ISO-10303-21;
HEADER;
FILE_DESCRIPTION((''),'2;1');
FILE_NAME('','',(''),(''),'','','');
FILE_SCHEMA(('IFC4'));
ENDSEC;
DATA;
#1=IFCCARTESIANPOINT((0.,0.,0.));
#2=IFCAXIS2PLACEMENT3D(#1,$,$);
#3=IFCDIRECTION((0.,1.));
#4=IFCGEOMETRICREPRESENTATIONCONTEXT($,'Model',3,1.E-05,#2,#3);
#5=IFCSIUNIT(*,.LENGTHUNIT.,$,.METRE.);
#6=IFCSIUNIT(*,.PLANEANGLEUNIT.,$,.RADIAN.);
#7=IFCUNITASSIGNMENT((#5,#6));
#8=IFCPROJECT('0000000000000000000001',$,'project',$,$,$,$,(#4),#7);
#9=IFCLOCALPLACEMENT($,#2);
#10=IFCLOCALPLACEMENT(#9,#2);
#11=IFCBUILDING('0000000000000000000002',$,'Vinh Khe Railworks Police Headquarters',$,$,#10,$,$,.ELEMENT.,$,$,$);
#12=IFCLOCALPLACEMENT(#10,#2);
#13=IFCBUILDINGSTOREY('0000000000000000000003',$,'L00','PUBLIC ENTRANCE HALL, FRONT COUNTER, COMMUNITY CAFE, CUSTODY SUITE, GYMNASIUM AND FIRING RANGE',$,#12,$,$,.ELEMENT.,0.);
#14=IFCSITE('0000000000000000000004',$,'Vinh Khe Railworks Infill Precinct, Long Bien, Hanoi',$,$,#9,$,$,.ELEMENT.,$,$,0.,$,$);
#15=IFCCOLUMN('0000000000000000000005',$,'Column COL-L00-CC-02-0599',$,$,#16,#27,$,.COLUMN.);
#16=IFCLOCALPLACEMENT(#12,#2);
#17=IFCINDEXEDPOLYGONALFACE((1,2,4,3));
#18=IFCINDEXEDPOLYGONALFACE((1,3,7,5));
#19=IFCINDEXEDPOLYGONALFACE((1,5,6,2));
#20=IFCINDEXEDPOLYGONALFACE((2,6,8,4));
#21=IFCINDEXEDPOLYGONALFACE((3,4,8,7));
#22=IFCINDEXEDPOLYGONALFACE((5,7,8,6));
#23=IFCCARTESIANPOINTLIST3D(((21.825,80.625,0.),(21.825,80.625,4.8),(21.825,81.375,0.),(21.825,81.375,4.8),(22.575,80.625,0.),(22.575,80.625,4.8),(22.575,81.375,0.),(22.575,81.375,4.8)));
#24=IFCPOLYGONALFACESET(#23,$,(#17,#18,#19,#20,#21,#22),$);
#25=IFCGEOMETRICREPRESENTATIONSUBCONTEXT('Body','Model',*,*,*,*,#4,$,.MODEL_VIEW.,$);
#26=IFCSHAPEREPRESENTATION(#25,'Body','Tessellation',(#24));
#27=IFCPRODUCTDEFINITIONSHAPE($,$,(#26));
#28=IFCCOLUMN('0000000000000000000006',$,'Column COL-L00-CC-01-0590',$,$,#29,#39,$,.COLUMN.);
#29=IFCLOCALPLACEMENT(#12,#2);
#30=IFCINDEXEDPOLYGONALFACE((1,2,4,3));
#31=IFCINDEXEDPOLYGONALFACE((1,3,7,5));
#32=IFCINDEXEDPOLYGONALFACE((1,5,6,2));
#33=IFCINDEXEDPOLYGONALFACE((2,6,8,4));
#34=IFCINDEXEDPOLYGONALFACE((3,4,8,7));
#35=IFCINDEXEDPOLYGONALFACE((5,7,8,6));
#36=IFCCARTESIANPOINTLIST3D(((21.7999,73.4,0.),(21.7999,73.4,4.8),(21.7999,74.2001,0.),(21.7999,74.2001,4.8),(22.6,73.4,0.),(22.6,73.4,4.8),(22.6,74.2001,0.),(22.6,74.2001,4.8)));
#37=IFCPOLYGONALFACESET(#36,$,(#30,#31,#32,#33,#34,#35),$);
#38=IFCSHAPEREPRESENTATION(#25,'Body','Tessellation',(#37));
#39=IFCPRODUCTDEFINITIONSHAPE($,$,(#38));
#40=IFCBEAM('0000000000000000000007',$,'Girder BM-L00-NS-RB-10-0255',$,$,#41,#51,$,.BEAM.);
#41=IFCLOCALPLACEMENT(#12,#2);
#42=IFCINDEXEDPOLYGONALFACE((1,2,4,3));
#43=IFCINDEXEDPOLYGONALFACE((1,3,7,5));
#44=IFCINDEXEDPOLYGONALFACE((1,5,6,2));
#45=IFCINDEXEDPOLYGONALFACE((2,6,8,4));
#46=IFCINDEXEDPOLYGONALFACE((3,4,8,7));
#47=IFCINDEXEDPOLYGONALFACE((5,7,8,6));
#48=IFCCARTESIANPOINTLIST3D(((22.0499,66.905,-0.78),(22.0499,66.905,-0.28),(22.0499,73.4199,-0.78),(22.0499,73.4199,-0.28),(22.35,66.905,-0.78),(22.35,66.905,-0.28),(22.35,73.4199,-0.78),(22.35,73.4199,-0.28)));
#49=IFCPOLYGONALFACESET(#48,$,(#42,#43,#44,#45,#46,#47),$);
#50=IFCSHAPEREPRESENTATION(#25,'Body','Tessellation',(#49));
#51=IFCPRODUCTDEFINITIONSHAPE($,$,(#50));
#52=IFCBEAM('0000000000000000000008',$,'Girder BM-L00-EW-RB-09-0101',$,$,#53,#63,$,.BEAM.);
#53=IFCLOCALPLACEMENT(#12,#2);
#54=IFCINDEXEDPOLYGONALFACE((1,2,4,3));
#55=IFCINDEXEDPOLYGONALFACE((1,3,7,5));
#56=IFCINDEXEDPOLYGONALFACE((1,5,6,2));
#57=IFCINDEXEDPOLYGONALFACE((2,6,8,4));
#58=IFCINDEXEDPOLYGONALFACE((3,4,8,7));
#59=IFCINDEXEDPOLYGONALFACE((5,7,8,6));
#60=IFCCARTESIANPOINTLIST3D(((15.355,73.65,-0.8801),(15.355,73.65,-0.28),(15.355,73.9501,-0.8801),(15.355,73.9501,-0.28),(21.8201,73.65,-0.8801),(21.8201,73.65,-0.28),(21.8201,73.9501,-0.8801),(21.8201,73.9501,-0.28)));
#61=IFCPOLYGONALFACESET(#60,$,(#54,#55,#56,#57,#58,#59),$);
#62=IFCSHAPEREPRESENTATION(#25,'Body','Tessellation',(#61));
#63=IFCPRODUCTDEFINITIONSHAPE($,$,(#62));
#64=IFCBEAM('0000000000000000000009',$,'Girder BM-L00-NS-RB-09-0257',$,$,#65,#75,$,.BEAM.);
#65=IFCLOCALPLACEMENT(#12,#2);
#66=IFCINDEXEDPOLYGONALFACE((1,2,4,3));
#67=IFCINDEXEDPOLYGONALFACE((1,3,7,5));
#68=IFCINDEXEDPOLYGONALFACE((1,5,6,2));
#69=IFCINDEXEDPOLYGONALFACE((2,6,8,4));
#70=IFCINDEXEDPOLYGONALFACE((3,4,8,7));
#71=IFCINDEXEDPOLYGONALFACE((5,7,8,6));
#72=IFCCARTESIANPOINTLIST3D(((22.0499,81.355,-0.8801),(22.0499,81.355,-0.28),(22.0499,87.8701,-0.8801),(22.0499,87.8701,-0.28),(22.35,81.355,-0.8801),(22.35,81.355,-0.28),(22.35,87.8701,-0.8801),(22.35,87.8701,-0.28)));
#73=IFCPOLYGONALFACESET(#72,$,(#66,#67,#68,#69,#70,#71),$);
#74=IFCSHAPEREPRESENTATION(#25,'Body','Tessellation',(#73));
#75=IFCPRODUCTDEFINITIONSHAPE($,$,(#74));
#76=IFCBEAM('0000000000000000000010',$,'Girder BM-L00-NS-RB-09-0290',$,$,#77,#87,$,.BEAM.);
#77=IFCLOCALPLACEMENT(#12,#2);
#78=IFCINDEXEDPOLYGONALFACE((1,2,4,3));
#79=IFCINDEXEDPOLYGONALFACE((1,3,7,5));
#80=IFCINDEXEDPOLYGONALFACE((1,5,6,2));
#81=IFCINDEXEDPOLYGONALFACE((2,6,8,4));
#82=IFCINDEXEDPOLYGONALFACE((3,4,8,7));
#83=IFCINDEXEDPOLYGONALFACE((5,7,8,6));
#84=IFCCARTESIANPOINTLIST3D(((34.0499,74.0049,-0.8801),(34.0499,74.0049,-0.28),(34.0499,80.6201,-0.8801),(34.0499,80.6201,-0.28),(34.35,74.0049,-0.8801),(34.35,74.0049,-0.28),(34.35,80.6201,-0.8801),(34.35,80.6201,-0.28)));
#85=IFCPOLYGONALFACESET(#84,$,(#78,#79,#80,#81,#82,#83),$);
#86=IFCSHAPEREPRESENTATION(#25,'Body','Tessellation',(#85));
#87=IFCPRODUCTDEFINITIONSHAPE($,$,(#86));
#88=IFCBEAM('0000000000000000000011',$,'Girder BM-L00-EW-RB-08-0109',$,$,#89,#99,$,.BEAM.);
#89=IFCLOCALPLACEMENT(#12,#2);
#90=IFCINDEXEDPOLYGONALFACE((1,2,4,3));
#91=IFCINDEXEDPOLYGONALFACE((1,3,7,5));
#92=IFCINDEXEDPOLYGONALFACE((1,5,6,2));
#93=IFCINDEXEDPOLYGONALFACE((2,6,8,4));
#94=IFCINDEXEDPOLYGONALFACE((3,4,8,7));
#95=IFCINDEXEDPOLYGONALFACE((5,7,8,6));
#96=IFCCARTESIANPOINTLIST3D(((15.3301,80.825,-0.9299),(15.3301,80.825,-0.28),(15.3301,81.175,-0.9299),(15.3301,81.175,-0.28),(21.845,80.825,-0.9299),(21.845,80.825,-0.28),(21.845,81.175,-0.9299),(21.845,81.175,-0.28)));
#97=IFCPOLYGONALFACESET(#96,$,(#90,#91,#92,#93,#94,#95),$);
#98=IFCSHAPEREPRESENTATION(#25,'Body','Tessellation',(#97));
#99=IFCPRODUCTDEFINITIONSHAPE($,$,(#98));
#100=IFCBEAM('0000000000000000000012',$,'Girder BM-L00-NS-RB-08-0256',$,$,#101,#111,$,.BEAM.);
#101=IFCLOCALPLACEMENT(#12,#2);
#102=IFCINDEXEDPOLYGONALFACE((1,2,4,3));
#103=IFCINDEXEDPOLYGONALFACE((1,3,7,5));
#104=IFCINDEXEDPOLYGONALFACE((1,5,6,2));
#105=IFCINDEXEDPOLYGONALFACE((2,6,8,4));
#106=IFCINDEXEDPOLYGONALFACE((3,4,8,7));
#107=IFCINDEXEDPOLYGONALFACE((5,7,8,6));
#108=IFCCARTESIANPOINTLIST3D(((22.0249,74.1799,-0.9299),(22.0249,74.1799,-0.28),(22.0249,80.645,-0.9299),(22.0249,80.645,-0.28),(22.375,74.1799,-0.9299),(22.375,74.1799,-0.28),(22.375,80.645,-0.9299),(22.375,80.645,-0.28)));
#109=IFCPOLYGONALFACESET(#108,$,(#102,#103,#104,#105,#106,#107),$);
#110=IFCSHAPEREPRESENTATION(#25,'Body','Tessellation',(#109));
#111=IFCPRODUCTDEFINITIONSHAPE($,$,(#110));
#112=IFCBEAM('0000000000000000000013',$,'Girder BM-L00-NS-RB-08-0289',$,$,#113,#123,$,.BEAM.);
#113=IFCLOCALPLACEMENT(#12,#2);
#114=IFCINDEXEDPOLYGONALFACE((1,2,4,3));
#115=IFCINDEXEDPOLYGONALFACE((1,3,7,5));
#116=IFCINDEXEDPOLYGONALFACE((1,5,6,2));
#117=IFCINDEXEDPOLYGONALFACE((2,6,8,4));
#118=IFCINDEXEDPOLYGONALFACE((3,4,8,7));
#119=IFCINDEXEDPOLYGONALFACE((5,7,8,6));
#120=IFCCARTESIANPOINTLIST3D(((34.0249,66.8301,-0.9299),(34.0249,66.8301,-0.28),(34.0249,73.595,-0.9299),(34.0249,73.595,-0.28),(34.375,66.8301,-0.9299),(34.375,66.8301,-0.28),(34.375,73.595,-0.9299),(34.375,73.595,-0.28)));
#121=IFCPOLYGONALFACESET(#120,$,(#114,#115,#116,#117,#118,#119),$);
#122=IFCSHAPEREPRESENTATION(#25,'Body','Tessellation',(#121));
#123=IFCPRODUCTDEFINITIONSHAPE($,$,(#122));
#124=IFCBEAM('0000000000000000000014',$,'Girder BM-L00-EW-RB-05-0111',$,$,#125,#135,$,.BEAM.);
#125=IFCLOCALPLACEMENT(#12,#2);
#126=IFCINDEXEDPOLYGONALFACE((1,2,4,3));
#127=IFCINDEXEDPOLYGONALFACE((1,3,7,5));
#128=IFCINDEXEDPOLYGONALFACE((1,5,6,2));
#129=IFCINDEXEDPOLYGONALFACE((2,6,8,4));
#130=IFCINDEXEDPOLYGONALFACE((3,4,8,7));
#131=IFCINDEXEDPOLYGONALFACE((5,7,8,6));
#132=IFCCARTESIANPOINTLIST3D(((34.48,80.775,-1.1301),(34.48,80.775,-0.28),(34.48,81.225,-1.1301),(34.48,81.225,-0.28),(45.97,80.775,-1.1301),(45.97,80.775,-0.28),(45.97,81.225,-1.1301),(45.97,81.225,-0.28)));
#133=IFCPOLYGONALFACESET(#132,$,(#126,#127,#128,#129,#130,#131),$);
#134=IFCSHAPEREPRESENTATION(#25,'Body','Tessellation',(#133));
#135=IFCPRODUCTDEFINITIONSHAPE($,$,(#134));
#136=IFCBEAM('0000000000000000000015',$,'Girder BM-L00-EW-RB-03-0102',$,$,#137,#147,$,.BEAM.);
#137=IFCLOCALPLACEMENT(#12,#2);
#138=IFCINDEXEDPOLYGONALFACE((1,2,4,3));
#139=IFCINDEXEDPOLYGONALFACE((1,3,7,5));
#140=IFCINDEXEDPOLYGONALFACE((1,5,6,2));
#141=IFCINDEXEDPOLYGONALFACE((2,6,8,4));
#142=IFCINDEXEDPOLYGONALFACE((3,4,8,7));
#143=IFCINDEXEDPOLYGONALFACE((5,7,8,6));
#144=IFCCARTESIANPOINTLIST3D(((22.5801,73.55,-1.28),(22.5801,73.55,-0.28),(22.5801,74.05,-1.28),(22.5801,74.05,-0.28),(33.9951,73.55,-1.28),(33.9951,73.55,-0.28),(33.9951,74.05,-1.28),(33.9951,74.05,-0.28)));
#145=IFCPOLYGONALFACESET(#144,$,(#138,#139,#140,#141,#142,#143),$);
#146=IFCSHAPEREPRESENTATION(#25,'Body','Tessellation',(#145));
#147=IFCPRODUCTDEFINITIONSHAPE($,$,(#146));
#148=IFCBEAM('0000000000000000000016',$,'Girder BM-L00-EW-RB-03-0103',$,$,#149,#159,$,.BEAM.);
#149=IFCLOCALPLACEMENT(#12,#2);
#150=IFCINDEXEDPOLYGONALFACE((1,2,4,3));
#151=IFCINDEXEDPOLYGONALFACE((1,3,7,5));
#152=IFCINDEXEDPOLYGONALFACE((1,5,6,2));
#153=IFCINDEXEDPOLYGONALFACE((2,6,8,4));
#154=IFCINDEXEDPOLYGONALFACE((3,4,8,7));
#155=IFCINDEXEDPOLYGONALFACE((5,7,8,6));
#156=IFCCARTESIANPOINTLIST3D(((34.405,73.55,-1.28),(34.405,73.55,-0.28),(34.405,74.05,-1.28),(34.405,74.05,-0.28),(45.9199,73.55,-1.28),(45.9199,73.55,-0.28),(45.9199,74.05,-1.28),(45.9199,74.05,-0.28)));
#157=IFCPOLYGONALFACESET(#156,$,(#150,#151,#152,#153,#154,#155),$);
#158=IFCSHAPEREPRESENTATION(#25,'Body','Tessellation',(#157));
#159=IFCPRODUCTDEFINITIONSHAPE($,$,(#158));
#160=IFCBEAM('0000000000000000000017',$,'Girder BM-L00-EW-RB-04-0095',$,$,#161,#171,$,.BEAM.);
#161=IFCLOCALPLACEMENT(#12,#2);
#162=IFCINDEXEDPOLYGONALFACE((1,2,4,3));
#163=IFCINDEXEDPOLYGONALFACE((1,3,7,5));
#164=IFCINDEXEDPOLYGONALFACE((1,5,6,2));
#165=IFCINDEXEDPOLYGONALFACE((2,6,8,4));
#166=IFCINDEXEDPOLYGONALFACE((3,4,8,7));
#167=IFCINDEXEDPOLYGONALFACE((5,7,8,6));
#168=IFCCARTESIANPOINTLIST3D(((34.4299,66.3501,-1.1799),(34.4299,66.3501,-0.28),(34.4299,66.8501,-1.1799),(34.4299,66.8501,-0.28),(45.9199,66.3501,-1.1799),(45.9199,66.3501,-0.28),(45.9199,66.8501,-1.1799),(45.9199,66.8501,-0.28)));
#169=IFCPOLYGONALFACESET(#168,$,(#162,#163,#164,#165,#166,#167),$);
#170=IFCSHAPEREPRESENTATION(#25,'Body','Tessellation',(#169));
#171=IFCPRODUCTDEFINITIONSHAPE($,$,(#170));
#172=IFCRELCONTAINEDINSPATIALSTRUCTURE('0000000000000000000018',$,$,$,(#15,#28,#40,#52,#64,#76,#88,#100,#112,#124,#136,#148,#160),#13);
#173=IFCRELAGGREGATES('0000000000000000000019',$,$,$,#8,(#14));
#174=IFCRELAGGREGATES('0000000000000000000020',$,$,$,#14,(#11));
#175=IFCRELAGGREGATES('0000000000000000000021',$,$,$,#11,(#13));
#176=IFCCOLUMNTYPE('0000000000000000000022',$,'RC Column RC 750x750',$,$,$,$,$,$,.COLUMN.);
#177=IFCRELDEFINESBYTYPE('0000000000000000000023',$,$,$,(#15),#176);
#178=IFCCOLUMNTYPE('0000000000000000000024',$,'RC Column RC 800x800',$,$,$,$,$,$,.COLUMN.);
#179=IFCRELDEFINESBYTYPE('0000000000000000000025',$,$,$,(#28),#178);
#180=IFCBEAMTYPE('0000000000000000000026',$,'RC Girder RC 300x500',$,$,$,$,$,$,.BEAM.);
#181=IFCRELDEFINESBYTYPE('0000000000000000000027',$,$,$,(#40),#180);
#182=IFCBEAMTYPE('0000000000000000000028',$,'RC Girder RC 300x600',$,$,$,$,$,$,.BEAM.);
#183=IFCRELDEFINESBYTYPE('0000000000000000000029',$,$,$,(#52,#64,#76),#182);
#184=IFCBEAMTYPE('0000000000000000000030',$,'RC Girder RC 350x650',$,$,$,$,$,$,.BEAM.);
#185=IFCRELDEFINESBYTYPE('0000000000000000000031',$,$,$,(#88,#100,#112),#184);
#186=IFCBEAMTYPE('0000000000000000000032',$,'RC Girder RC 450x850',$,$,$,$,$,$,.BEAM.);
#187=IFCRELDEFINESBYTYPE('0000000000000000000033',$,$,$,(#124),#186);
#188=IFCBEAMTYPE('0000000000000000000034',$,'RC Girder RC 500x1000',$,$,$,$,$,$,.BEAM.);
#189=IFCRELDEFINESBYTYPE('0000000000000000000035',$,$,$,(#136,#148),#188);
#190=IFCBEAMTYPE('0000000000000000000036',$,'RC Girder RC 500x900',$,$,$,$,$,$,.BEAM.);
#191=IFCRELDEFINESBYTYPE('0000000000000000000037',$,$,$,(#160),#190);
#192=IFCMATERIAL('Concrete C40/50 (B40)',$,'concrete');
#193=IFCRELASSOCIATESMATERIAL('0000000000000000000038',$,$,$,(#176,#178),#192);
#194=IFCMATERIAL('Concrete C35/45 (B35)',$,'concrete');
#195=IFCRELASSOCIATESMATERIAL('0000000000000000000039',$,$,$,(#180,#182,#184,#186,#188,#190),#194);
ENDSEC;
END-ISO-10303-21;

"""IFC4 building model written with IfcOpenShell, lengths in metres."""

from ifc_helpers import new_model, si_unit, direction, frame, origin, origin_2d, place, context, subcontext, project, spatial, rectangle, extrude, material, material_profile, profile_set, type_object, element, save


model = new_model("IFC4")

# Units and contexts
model_context = context("Model", 3, precision=1e-05, world=origin(), true_north=direction((0.0, 1.0)))
body_context = subcontext(model_context, "Body", "Model", "MODEL_VIEW")
ifc_project = project(units=[si_unit("LENGTHUNIT", "METRE"), si_unit("PLANEANGLEUNIT", "RADIAN")], contexts=[model_context])

# Site, building, storey
site_placement = place(None, origin())
site = spatial("IfcSite", under=ifc_project, at=site_placement, Name="Vinh Khe Railworks Infill Precinct, Long Bien, Hanoi", CompositionType="ELEMENT", RefElevation=0.0)
building_placement = place(site_placement, origin())
building = spatial("IfcBuilding", under=site, at=building_placement, Name="Vinh Khe Railworks Police Headquarters", CompositionType="ELEMENT")
storey_placement = place(building_placement, origin())
storey = spatial("IfcBuildingStorey", under=building, at=storey_placement, Name="L00", Description="PUBLIC ENTRANCE HALL, FRONT COUNTER, COMMUNITY CAFE, CUSTODY SUITE, GYMNASIUM AND FIRING RANGE", CompositionType="ELEMENT", Elevation=0.0)

# Columns
ifc_material_1 = material(Name="Concrete C40/50 (B40)", Category="concrete")
ifc_material_profile_1 = material_profile(ifc_material_1, rectangle(XDim=0.75, YDim=0.75, at=origin_2d()), Name="RC 750x750")
ifc_profile_set_1 = profile_set([ifc_material_profile_1], Name="Concrete C40/50 (B40)")
column_type_1 = type_object("IfcColumnType", Name="RC Column RC 750x750", PredefinedType="COLUMN", material=ifc_profile_set_1)
column_1_placement = place(storey_placement, frame((22.2, 81.0, 0.0), z_axis=(0.0, 0.0, 1.0), x_axis=(1.0, 0.0, 0.0)))
element("IfcColumn", 1, at=column_1_placement, inside=storey, type_object=column_type_1, Name="Column COL-L00-CC-02-0599", PredefinedType="COLUMN", context=body_context, shape_type="SweptSolid", body=[
    extrude(rectangle(XDim=0.75, YDim=0.75, at=origin_2d()), origin(), (0.0, 0.0, 1.0), 4.8),
])
ifc_material_profile_2 = material_profile(ifc_material_1, rectangle(XDim=0.8, YDim=0.8, at=origin_2d()), Name="RC 800x800")
ifc_profile_set_2 = profile_set([ifc_material_profile_2], Name="Concrete C40/50 (B40)")
column_type_2 = type_object("IfcColumnType", Name="RC Column RC 800x800", PredefinedType="COLUMN", material=ifc_profile_set_2)
column_2_placement = place(storey_placement, frame((22.2, 73.8, 0.0), z_axis=(0.0, 0.0, 1.0), x_axis=(1.0, 0.0, 0.0)))
element("IfcColumn", 2, at=column_2_placement, inside=storey, type_object=column_type_2, Name="Column COL-L00-CC-01-0590", PredefinedType="COLUMN", context=body_context, shape_type="SweptSolid", body=[
    extrude(rectangle(XDim=0.8, YDim=0.8, at=origin_2d()), origin(), (0.0, 0.0, 1.0), 4.8),
])

# Beams
ifc_material_2 = material(Name="Concrete C35/45 (B35)", Category="concrete")
ifc_material_profile_3 = material_profile(ifc_material_2, rectangle(XDim=0.3, YDim=0.5, at=origin_2d()), Name="RC 300x500")
ifc_profile_set_3 = profile_set([ifc_material_profile_3], Name="Concrete C35/45 (B35)")
beam_type_1 = type_object("IfcBeamType", Name="RC Girder RC 300x500", PredefinedType="BEAM", material=ifc_profile_set_3)
beam_1_placement = place(storey_placement, frame((22.2, 66.905, -0.53), z_axis=(0.0, 1.0, 0.0), x_axis=(-1.0, 0.0, 0.0)))
element("IfcBeam", 3, at=beam_1_placement, inside=storey, type_object=beam_type_1, Name="Girder BM-L00-NS-RB-10-0255", PredefinedType="BEAM", context=body_context, shape_type="SweptSolid", body=[
    extrude(rectangle(XDim=0.3, YDim=0.5, at=origin_2d()), origin(), (0.0, 0.0, 1.0), 6.5149),
])
ifc_material_profile_4 = material_profile(ifc_material_2, rectangle(XDim=0.3, YDim=0.6001, at=origin_2d()), Name="RC 300x600")
ifc_profile_set_4 = profile_set([ifc_material_profile_4], Name="Concrete C35/45 (B35)")
beam_type_2 = type_object("IfcBeamType", Name="RC Girder RC 300x600", PredefinedType="BEAM", material=ifc_profile_set_4)
beam_2_placement = place(storey_placement, frame((15.355, 73.8, -0.5801), z_axis=(1.0, 0.0, 0.0), x_axis=(0.0, 1.0, 0.0)))
element("IfcBeam", 4, at=beam_2_placement, inside=storey, type_object=beam_type_2, Name="Girder BM-L00-EW-RB-09-0101", PredefinedType="BEAM", context=body_context, shape_type="SweptSolid", body=[
    extrude(rectangle(XDim=0.3, YDim=0.6001, at=origin_2d()), origin(), (0.0, 0.0, 1.0), 6.4651),
])
beam_3_placement = place(storey_placement, frame((22.2, 81.355, -0.5801), z_axis=(0.0, 1.0, 0.0), x_axis=(-1.0, 0.0, 0.0)))
element("IfcBeam", 5, at=beam_3_placement, inside=storey, type_object=beam_type_2, Name="Girder BM-L00-NS-RB-09-0257", PredefinedType="BEAM", context=body_context, shape_type="SweptSolid", body=[
    extrude(rectangle(XDim=0.3, YDim=0.6001, at=origin_2d()), origin(), (0.0, 0.0, 1.0), 6.5151),
])
beam_4_placement = place(storey_placement, frame((34.2, 74.0049, -0.5801), z_axis=(0.0, 1.0, 0.0), x_axis=(-1.0, 0.0, 0.0)))
element("IfcBeam", 6, at=beam_4_placement, inside=storey, type_object=beam_type_2, Name="Girder BM-L00-NS-RB-09-0290", PredefinedType="BEAM", context=body_context, shape_type="SweptSolid", body=[
    extrude(rectangle(XDim=0.3, YDim=0.6001, at=origin_2d()), origin(), (0.0, 0.0, 1.0), 6.6152),
])
ifc_material_profile_5 = material_profile(ifc_material_2, rectangle(XDim=0.3501, YDim=0.6499, at=origin_2d()), Name="RC 350x650")
ifc_profile_set_5 = profile_set([ifc_material_profile_5], Name="Concrete C35/45 (B35)")
beam_type_3 = type_object("IfcBeamType", Name="RC Girder RC 350x650", PredefinedType="BEAM", material=ifc_profile_set_5)
beam_5_placement = place(storey_placement, frame((15.3301, 81.0, -0.605), z_axis=(1.0, 0.0, 0.0), x_axis=(0.0, 1.0, 0.0)))
element("IfcBeam", 7, at=beam_5_placement, inside=storey, type_object=beam_type_3, Name="Girder BM-L00-EW-RB-08-0109", PredefinedType="BEAM", context=body_context, shape_type="SweptSolid", body=[
    extrude(rectangle(XDim=0.3501, YDim=0.6499, at=origin_2d()), origin(), (0.0, 0.0, 1.0), 6.5149),
])
beam_6_placement = place(storey_placement, frame((22.2, 74.1799, -0.605), z_axis=(0.0, 1.0, 0.0), x_axis=(-1.0, 0.0, 0.0)))
element("IfcBeam", 8, at=beam_6_placement, inside=storey, type_object=beam_type_3, Name="Girder BM-L00-NS-RB-08-0256", PredefinedType="BEAM", context=body_context, shape_type="SweptSolid", body=[
    extrude(rectangle(XDim=0.3501, YDim=0.6499, at=origin_2d()), origin(), (0.0, 0.0, 1.0), 6.4651),
])
beam_7_placement = place(storey_placement, frame((34.2, 66.8301, -0.605), z_axis=(0.0, 1.0, 0.0), x_axis=(-1.0, 0.0, 0.0)))
element("IfcBeam", 9, at=beam_7_placement, inside=storey, type_object=beam_type_3, Name="Girder BM-L00-NS-RB-08-0289", PredefinedType="BEAM", context=body_context, shape_type="SweptSolid", body=[
    extrude(rectangle(XDim=0.3501, YDim=0.6499, at=origin_2d()), origin(), (0.0, 0.0, 1.0), 6.7649),
])
ifc_material_profile_6 = material_profile(ifc_material_2, rectangle(XDim=0.45, YDim=0.8501, at=origin_2d()), Name="RC 450x850")
ifc_profile_set_6 = profile_set([ifc_material_profile_6], Name="Concrete C35/45 (B35)")
beam_type_4 = type_object("IfcBeamType", Name="RC Girder RC 450x850", PredefinedType="BEAM", material=ifc_profile_set_6)
beam_8_placement = place(storey_placement, frame((34.48, 81.0, -0.7051), z_axis=(1.0, 0.0, 0.0), x_axis=(0.0, 1.0, 0.0)))
element("IfcBeam", 10, at=beam_8_placement, inside=storey, type_object=beam_type_4, Name="Girder BM-L00-EW-RB-05-0111", PredefinedType="BEAM", context=body_context, shape_type="SweptSolid", body=[
    extrude(rectangle(XDim=0.45, YDim=0.8501, at=origin_2d()), origin(), (0.0, 0.0, 1.0), 11.49),
])
ifc_material_profile_7 = material_profile(ifc_material_2, rectangle(XDim=0.5, YDim=1.0, at=origin_2d()), Name="RC 500x1000")
ifc_profile_set_7 = profile_set([ifc_material_profile_7], Name="Concrete C35/45 (B35)")
beam_type_5 = type_object("IfcBeamType", Name="RC Girder RC 500x1000", PredefinedType="BEAM", material=ifc_profile_set_7)
beam_9_placement = place(storey_placement, frame((22.5801, 73.8, -0.78), z_axis=(1.0, 0.0, 0.0), x_axis=(0.0, 1.0, 0.0)))
element("IfcBeam", 11, at=beam_9_placement, inside=storey, type_object=beam_type_5, Name="Girder BM-L00-EW-RB-03-0102", PredefinedType="BEAM", context=body_context, shape_type="SweptSolid", body=[
    extrude(rectangle(XDim=0.5, YDim=1.0, at=origin_2d()), origin(), (0.0, 0.0, 1.0), 11.415),
])
beam_10_placement = place(storey_placement, frame((34.405, 73.8, -0.78), z_axis=(1.0, 0.0, 0.0), x_axis=(0.0, 1.0, 0.0)))
element("IfcBeam", 12, at=beam_10_placement, inside=storey, type_object=beam_type_5, Name="Girder BM-L00-EW-RB-03-0103", PredefinedType="BEAM", context=body_context, shape_type="SweptSolid", body=[
    extrude(rectangle(XDim=0.5, YDim=1.0, at=origin_2d()), origin(), (0.0, 0.0, 1.0), 11.5149),
])
ifc_material_profile_8 = material_profile(ifc_material_2, rectangle(XDim=0.5, YDim=0.8999, at=origin_2d()), Name="RC 500x900")
ifc_profile_set_8 = profile_set([ifc_material_profile_8], Name="Concrete C35/45 (B35)")
beam_type_6 = type_object("IfcBeamType", Name="RC Girder RC 500x900", PredefinedType="BEAM", material=ifc_profile_set_8)
beam_11_placement = place(storey_placement, frame((34.4299, 66.6001, -0.73), z_axis=(1.0, 0.0, 0.0), x_axis=(0.0, 1.0, 0.0)))
element("IfcBeam", 13, at=beam_11_placement, inside=storey, type_object=beam_type_6, Name="Girder BM-L00-EW-RB-04-0095", PredefinedType="BEAM", context=body_context, shape_type="SweptSolid", body=[
    extrude(rectangle(XDim=0.5, YDim=0.8999, at=origin_2d()), origin(), (0.0, 0.0, 1.0), 11.49),
])

save(model, "model.ifc")
